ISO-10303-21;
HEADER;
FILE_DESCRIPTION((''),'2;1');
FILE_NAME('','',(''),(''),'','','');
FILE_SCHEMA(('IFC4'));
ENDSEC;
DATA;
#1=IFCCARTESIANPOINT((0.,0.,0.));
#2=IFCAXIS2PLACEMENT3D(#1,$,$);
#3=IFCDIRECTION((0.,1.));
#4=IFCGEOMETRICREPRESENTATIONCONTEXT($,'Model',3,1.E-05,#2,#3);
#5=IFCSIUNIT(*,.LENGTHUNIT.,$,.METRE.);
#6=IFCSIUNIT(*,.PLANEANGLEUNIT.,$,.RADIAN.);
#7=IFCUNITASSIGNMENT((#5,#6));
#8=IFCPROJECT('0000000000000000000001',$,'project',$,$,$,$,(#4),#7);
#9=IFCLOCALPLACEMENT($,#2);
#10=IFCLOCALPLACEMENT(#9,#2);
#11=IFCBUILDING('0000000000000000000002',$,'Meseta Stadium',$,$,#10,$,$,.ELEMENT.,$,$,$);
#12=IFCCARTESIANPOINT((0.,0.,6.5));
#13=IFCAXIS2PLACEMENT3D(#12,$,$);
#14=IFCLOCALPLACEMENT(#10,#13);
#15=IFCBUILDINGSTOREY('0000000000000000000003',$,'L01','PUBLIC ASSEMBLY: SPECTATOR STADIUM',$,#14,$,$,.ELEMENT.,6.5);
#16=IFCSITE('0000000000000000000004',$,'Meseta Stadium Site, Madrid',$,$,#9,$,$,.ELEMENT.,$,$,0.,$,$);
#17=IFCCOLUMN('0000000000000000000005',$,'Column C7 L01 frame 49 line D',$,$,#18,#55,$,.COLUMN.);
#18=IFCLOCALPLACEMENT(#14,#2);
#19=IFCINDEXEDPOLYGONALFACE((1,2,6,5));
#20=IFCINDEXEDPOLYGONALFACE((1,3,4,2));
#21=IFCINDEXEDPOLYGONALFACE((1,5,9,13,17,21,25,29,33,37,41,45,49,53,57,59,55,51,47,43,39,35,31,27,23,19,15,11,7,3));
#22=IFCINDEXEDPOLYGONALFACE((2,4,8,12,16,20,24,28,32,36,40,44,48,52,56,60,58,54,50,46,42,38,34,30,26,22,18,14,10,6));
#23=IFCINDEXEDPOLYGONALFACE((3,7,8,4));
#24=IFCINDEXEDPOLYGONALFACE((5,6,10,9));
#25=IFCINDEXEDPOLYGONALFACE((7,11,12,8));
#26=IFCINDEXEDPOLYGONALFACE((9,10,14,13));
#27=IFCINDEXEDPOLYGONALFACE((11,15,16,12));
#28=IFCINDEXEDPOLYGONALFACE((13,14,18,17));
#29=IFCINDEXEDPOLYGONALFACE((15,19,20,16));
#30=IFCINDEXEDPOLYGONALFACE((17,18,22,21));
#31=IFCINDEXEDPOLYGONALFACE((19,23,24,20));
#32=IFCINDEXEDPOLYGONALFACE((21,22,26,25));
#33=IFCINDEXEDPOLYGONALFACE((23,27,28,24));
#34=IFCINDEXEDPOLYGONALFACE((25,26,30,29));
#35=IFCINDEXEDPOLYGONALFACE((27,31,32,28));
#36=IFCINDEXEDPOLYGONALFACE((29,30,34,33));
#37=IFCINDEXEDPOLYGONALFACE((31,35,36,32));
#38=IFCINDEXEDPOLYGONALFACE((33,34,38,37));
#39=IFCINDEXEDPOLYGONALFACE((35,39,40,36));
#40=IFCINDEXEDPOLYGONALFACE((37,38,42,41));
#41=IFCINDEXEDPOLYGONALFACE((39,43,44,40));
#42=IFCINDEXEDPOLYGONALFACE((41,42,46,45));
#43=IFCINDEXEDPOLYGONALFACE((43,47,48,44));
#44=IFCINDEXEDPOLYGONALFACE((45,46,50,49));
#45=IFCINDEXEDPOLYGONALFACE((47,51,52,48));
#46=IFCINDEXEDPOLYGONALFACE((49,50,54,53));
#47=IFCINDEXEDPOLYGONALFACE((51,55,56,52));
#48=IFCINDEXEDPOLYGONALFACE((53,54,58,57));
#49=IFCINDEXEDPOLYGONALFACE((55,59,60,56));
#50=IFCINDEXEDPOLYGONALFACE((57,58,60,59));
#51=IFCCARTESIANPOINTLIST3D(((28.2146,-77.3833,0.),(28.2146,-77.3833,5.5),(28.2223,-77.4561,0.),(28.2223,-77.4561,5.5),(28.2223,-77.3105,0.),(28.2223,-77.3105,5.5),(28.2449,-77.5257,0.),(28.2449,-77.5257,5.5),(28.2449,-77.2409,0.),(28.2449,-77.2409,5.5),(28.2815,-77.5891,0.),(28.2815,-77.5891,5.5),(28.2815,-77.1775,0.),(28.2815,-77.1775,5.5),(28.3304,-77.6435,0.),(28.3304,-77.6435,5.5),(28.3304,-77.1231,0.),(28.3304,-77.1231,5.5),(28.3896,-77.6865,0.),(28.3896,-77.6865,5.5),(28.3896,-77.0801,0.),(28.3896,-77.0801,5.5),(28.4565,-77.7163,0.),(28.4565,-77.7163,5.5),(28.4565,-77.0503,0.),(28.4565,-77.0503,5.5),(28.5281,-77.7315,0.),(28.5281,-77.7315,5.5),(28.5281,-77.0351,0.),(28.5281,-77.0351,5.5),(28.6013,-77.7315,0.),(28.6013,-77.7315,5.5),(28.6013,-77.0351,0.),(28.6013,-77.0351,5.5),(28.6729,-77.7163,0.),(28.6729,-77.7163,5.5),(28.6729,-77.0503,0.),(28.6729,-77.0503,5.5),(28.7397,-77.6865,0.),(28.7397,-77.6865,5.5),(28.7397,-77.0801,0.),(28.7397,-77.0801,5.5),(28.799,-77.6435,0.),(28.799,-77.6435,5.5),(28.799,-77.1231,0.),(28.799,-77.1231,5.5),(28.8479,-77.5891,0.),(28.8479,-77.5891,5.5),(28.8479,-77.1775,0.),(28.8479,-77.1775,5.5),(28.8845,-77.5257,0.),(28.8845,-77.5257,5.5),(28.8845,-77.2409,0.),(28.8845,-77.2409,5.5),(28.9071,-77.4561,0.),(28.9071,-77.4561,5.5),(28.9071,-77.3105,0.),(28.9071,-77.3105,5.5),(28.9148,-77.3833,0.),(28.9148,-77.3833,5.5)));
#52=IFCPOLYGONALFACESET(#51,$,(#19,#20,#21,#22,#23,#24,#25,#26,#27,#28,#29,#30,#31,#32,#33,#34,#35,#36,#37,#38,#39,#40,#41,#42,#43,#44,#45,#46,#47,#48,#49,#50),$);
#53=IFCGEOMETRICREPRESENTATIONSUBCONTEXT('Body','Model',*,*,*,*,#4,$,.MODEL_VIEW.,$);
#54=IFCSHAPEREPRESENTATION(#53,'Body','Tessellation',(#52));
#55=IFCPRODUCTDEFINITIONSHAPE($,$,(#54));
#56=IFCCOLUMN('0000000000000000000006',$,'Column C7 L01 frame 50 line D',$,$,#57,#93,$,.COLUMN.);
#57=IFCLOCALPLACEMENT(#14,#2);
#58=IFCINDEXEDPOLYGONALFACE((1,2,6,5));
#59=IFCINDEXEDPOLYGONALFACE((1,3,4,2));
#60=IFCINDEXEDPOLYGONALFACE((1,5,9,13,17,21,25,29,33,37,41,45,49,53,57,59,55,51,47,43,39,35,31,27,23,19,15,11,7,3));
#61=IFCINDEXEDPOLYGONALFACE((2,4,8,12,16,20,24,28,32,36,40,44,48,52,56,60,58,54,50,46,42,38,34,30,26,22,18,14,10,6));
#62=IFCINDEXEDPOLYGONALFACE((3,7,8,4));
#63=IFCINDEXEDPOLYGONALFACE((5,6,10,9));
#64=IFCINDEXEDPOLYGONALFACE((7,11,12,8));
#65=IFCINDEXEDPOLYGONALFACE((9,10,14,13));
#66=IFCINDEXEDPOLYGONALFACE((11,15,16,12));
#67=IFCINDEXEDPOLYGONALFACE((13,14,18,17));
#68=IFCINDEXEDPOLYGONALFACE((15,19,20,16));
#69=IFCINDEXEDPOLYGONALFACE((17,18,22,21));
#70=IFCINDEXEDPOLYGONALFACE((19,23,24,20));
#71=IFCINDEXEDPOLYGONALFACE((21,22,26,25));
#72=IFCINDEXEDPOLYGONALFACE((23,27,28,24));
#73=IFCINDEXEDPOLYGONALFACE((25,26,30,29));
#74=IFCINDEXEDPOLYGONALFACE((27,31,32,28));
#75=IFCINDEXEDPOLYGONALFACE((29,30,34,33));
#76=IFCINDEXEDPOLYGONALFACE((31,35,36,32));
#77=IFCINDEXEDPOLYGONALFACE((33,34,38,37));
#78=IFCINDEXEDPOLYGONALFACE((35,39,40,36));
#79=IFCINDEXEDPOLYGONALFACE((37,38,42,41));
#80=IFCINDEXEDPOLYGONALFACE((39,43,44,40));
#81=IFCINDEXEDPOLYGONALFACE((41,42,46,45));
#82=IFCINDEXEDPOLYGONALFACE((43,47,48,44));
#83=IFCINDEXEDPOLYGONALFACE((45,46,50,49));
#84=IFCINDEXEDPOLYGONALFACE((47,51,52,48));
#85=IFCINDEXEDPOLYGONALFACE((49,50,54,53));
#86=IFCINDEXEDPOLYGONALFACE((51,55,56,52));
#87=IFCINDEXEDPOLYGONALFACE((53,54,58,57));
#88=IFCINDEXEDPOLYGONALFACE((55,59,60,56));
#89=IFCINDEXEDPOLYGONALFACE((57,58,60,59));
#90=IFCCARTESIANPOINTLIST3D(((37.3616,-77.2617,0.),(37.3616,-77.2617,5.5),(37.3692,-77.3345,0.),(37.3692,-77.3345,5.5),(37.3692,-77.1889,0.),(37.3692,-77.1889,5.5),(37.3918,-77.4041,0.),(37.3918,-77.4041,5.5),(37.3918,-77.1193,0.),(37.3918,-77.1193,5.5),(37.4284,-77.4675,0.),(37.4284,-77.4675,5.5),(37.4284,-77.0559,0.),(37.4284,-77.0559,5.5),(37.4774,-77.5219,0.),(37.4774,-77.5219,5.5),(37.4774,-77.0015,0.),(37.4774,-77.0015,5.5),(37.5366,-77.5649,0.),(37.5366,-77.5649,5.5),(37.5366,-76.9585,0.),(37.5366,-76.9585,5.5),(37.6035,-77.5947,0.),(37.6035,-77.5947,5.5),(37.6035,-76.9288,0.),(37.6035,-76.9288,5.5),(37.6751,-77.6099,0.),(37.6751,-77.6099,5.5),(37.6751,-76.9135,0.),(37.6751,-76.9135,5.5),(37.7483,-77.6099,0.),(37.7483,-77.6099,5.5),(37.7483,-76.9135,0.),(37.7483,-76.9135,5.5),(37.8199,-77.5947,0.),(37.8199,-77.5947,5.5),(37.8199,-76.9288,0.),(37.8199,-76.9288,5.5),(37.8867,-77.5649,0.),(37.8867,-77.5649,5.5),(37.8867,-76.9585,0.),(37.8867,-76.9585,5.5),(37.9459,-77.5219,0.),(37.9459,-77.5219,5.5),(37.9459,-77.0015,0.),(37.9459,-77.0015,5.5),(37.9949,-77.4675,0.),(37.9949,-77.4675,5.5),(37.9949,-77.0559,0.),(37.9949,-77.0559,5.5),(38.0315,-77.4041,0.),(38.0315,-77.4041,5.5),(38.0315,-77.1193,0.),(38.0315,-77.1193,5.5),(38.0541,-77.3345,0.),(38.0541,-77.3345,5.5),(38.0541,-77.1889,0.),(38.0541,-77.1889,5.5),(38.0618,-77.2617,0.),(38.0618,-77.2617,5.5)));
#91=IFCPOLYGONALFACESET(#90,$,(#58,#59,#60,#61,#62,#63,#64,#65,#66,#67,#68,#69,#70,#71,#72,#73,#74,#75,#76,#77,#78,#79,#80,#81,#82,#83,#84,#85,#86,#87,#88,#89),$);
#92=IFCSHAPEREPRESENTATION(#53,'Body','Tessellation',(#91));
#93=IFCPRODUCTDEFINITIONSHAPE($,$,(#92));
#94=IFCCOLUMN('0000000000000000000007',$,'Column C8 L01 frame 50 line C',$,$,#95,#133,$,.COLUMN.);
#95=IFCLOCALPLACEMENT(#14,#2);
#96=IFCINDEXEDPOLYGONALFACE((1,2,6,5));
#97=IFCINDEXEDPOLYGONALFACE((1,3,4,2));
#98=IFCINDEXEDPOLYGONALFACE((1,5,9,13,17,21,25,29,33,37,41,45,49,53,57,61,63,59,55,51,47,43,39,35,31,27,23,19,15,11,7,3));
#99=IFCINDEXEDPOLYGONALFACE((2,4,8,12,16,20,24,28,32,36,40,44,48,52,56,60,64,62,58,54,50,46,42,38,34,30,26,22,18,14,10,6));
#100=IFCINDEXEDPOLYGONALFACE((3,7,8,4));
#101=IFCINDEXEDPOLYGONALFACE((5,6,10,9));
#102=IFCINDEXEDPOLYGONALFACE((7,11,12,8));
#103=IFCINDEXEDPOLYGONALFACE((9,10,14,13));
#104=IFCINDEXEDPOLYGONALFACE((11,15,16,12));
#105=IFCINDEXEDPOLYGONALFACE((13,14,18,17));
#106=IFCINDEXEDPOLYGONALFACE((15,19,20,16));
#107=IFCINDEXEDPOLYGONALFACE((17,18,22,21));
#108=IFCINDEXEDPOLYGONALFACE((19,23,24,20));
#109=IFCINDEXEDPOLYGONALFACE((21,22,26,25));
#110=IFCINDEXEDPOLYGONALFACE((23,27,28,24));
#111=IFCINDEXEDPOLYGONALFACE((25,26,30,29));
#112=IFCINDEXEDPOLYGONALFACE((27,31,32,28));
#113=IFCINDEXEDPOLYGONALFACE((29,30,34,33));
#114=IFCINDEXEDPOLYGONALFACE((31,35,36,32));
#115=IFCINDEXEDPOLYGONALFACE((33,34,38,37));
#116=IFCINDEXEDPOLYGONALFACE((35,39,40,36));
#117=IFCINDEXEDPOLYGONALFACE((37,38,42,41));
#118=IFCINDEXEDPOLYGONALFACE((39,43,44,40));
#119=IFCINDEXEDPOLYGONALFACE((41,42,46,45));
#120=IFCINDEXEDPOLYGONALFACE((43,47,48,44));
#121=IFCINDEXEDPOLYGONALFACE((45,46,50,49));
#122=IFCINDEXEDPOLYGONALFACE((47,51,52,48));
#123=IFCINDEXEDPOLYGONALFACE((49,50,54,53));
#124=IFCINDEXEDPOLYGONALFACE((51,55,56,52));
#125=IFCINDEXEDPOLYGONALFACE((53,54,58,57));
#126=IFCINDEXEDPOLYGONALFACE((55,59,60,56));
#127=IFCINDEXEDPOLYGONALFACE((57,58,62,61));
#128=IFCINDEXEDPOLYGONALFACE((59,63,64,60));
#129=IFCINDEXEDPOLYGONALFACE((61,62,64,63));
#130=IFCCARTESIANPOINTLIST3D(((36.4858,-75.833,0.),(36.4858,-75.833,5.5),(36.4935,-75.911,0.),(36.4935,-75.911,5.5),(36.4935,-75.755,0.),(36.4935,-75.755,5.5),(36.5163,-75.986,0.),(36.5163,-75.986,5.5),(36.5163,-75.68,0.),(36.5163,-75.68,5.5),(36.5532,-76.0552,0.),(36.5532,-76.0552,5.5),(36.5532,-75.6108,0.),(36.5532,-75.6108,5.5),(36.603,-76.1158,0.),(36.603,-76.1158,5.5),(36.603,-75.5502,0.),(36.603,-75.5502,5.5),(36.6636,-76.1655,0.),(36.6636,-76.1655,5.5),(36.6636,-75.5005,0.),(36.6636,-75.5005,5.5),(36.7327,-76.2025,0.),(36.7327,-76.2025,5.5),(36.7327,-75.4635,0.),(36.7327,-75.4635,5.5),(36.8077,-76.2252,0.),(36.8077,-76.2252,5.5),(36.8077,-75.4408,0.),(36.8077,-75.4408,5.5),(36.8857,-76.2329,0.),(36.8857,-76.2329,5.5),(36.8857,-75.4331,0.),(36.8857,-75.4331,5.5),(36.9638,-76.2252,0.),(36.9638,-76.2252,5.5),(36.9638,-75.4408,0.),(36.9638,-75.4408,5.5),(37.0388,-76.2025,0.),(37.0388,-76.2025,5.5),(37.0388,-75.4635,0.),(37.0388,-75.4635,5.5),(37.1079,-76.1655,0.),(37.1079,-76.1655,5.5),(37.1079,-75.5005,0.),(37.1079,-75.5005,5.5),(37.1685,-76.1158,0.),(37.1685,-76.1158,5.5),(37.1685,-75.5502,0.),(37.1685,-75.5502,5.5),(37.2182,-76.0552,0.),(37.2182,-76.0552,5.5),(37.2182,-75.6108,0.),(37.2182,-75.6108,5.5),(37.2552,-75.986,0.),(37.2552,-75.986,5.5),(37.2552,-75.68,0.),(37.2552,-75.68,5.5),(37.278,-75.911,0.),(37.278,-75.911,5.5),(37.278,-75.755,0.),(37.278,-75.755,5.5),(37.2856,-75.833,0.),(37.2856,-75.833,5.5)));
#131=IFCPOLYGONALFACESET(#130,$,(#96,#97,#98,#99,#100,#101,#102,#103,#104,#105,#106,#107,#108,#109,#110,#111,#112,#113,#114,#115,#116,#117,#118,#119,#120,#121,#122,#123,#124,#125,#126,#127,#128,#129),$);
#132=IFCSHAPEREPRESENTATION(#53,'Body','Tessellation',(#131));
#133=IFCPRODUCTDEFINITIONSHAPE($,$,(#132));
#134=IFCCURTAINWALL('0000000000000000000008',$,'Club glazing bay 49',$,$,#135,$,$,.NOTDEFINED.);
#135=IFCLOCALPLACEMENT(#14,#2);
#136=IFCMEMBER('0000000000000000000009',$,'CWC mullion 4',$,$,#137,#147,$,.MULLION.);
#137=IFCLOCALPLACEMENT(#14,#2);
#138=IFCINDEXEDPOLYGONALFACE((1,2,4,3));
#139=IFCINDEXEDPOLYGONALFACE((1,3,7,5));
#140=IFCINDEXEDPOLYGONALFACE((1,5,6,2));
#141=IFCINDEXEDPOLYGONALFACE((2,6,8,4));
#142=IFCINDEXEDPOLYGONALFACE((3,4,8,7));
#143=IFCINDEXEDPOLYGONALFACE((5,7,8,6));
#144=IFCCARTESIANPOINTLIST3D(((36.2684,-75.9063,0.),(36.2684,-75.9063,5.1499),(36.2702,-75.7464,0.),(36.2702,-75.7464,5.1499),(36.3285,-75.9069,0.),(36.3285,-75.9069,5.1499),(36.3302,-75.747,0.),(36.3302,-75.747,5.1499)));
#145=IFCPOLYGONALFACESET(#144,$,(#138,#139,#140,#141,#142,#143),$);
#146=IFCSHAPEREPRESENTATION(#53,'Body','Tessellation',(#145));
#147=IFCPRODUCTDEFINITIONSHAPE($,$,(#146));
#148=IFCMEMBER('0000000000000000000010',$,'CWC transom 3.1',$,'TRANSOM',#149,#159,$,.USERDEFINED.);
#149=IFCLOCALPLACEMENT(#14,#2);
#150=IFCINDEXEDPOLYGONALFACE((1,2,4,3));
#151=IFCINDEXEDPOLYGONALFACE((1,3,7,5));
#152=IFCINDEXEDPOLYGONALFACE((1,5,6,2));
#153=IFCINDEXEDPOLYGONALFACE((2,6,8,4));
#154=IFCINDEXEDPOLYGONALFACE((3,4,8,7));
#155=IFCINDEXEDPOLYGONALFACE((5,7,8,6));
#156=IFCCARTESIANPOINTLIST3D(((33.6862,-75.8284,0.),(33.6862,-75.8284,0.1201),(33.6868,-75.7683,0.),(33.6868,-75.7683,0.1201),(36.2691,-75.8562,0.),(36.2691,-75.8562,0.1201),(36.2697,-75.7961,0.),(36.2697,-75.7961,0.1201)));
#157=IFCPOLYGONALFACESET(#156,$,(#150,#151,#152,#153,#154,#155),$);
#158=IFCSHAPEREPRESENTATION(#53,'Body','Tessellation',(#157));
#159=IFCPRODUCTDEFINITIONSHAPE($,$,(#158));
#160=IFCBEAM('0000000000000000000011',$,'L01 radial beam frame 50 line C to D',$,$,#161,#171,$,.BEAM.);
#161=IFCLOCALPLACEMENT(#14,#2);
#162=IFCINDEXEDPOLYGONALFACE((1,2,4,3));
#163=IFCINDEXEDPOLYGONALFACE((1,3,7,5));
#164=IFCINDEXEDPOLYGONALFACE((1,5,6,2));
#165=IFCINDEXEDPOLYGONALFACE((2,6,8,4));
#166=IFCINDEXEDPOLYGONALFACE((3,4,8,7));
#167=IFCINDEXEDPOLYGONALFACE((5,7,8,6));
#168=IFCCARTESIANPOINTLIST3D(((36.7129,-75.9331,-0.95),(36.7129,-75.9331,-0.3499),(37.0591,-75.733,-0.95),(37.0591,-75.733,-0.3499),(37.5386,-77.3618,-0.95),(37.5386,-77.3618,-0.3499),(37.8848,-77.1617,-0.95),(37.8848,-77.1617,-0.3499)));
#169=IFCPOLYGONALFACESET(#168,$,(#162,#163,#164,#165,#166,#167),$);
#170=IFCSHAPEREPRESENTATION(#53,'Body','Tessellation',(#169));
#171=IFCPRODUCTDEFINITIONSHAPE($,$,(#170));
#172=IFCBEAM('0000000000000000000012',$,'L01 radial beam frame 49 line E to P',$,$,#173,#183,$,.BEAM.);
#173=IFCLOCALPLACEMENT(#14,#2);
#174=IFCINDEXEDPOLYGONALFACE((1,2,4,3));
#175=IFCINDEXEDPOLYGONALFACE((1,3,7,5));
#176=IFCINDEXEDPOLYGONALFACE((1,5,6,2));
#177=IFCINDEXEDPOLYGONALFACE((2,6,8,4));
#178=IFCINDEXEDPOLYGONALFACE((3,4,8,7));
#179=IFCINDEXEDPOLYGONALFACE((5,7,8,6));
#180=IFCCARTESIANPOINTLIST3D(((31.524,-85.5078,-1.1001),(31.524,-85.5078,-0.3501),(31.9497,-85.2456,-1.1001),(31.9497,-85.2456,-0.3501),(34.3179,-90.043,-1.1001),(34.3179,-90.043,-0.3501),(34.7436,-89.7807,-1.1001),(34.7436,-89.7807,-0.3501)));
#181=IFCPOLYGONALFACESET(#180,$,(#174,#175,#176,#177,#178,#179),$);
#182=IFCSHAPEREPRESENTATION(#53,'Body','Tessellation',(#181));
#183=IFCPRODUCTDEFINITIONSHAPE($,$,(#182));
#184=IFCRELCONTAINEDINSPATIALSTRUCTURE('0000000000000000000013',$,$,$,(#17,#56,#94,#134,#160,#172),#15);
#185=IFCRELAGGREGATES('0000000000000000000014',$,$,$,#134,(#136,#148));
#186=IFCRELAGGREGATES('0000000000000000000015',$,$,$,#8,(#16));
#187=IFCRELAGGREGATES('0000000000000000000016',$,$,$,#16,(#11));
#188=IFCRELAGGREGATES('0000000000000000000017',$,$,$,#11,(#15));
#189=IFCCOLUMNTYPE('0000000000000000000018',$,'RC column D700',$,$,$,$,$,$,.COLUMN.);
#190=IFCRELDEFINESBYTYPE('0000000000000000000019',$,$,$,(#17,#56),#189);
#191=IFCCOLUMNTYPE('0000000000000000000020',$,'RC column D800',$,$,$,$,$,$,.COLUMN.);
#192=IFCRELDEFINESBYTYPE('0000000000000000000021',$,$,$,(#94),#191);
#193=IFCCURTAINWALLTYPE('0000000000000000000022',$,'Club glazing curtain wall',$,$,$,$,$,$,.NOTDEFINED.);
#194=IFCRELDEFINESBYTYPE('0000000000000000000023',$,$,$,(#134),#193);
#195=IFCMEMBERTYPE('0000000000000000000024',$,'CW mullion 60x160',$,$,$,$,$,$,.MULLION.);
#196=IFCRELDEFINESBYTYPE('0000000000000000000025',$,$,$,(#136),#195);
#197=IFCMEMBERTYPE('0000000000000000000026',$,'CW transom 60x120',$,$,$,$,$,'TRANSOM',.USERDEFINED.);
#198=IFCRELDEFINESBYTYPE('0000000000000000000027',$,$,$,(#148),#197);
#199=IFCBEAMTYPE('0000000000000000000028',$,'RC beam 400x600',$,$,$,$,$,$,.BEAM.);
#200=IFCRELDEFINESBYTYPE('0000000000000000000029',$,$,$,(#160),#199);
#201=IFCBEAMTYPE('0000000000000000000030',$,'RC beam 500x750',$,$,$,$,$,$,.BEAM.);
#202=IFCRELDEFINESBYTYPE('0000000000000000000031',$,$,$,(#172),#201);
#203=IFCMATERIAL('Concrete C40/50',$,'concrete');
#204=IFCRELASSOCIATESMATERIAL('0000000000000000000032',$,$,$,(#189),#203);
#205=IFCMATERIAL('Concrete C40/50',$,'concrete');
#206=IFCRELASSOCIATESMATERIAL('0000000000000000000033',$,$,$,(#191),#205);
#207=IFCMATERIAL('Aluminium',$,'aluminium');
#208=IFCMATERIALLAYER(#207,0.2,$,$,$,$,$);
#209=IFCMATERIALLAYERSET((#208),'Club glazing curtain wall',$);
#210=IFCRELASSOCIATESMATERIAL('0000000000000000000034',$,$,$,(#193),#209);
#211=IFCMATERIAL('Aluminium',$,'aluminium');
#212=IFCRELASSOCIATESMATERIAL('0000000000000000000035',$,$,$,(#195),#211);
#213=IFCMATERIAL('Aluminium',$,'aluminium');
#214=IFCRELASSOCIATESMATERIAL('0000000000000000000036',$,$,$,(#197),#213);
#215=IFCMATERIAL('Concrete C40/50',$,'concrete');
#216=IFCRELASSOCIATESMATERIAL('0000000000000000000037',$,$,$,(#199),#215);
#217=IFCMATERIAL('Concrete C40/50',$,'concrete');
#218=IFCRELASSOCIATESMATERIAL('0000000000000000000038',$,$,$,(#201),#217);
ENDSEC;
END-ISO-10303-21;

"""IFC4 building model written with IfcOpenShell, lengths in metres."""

from ifc_helpers import new_model, si_unit, direction, frame, origin, origin_2d, place, context, subcontext, project, spatial, rectangle, circle, extrude, material, layer, layer_set, material_profile, profile_set, type_object, element, aggregate, save


model = new_model("IFC4")

# Units and contexts
model_context = context("Model", 3, precision=1e-05, world=origin(), true_north=direction((0.0, 1.0)))
body_context = subcontext(model_context, "Body", "Model", "MODEL_VIEW")
ifc_project = project(units=[si_unit("LENGTHUNIT", "METRE"), si_unit("PLANEANGLEUNIT", "RADIAN")], contexts=[model_context])

# Site, building, storey
site_placement = place(None, origin())
site = spatial("IfcSite", under=ifc_project, at=site_placement, Name="Meseta Stadium Site, Madrid", CompositionType="ELEMENT", RefElevation=0.0)
building_placement = place(site_placement, origin())
building = spatial("IfcBuilding", under=site, at=building_placement, Name="Meseta Stadium", CompositionType="ELEMENT")
storey_placement = place(building_placement, frame((0.0, 0.0, 6.5)))
storey = spatial("IfcBuildingStorey", under=building, at=storey_placement, Name="L01", Description="PUBLIC ASSEMBLY: SPECTATOR STADIUM", CompositionType="ELEMENT", Elevation=6.5)

# Columns
ifc_material_1 = material(Name="Concrete C40/50", Category="concrete")
ifc_material_profile_1 = material_profile(ifc_material_1, circle(Radius=0.3501, at=origin_2d()), Name="RC D700")
ifc_profile_set_1 = profile_set([ifc_material_profile_1], Name="Concrete C40/50")
column_type_1 = type_object("IfcColumnType", Name="RC column D700", PredefinedType="COLUMN", material=ifc_profile_set_1)
for number, where, z_axis, x_axis, name in (
    (1, (28.5647, -77.3833, 0.0), (0.0, 0.0, 1.0), (1.0, 0.0, 0.0), "Column C7 L01 frame 49 line D"),
    (2, (37.7117, -77.2617, 0.0), (0.0, 0.0, 1.0), (1.0, 0.0, 0.0), "Column C7 L01 frame 50 line D"),
):
    element("IfcColumn", number, at=place(storey_placement, frame(where, z_axis=z_axis, x_axis=x_axis)), inside=storey, type_object=column_type_1, Name=name, PredefinedType="COLUMN", context=body_context, shape_type="SweptSolid", body=[
        extrude(circle(Radius=0.3501, at=origin_2d()), origin(), (0.0, 0.0, 1.0), 5.5),
    ])
ifc_material_2 = material(Name="Concrete C40/50", Category="concrete")
ifc_material_profile_2 = material_profile(ifc_material_2, circle(Radius=0.3999, at=origin_2d()), Name="RC D800")
ifc_profile_set_2 = profile_set([ifc_material_profile_2], Name="Concrete C40/50")
column_type_2 = type_object("IfcColumnType", Name="RC column D800", PredefinedType="COLUMN", material=ifc_profile_set_2)
column_placement = place(storey_placement, frame((36.8857, -75.833, 0.0), z_axis=(0.0, 0.0, 1.0), x_axis=(1.0, 0.0, 0.0)))
element("IfcColumn", 3, at=column_placement, inside=storey, type_object=column_type_2, Name="Column C8 L01 frame 50 line C", PredefinedType="COLUMN", context=body_context, shape_type="SweptSolid", body=[
    extrude(circle(Radius=0.3999, at=origin_2d()), origin(), (0.0, 0.0, 1.0), 5.5),
])

# Curtain wall, members
ifc_material_3 = material(Name="Aluminium", Category="aluminium")
ifc_layer_1 = layer(ifc_material_3, 0.2)
ifc_layer_set_1 = layer_set([ifc_layer_1], Name="Club glazing curtain wall")
curtain_wall_type = type_object("IfcCurtainWallType", Name="Club glazing curtain wall", PredefinedType="NOTDEFINED", material=ifc_layer_set_1)
curtain_wall_placement = place(storey_placement, origin())
curtain_wall = element("IfcCurtainWall", 4, at=curtain_wall_placement, inside=storey, type_object=curtain_wall_type, Name="Club glazing bay 49", PredefinedType="NOTDEFINED")
ifc_material_4 = material(Name="Aluminium", Category="aluminium")
ifc_material_profile_3 = material_profile(ifc_material_4, rectangle(XDim=0.1599, YDim=0.0601, at=origin_2d()), Name="CW 160x60")
ifc_profile_set_3 = profile_set([ifc_material_profile_3], Name="Aluminium")
member_type_1 = type_object("IfcMemberType", Name="CW mullion 60x160", PredefinedType="MULLION", material=ifc_profile_set_3)
member_1_placement = place(storey_placement, frame((36.2993, -75.8267, 0.0), z_axis=(0.0, 0.0, 1.0), x_axis=(0.010843, 0.999941, 0.0)))
member_1 = element("IfcMember", 5, at=member_1_placement, type_object=member_type_1, Name="CWC mullion 4", PredefinedType="MULLION", context=body_context, shape_type="SweptSolid", body=[
    extrude(rectangle(XDim=0.1599, YDim=0.0601, at=origin_2d()), origin(), (0.0, 0.0, 1.0), 5.1499),
])
ifc_material_5 = material(Name="Aluminium", Category="aluminium")
ifc_material_profile_4 = material_profile(ifc_material_5, rectangle(XDim=0.0601, YDim=0.1201, at=origin_2d()), Name="CW 60x120")
ifc_profile_set_4 = profile_set([ifc_material_profile_4], Name="Aluminium")
member_type_2 = type_object("IfcMemberType", Name="CW transom 60x120", ElementType="TRANSOM", PredefinedType="USERDEFINED", material=ifc_profile_set_4)
member_2_placement = place(storey_placement, frame((33.6865, -75.7983, 0.0601), z_axis=(0.999942, -0.010775, 0.0), x_axis=(0.010775, 0.999942, 0.0)))
member_2 = element("IfcMember", 6, at=member_2_placement, type_object=member_type_2, Name="CWC transom 3.1", ObjectType="TRANSOM", PredefinedType="USERDEFINED", context=body_context, shape_type="SweptSolid", body=[
    extrude(rectangle(XDim=0.0601, YDim=0.1201, at=origin_2d()), origin(), (0.0, 0.0, 1.0), 2.583),
])

# Beams
ifc_material_6 = material(Name="Concrete C40/50", Category="concrete")
ifc_material_profile_5 = material_profile(ifc_material_6, rectangle(XDim=0.3999, YDim=0.6001, at=origin_2d()), Name="RC 400x600")
ifc_profile_set_5 = profile_set([ifc_material_profile_5], Name="Concrete C40/50")
beam_type_1 = type_object("IfcBeamType", Name="RC beam 400x600", PredefinedType="BEAM", material=ifc_profile_set_5)
beam_1_placement = place(storey_placement, frame((36.886, -75.833, -0.6499), z_axis=(0.500371, -0.865811, 0.0), x_axis=(0.865811, 0.500371, 0.0)))
element("IfcBeam", 7, at=beam_1_placement, inside=storey, type_object=beam_type_1, Name="L01 radial beam frame 50 line C to D", PredefinedType="BEAM", context=body_context, shape_type="SweptSolid", body=[
    extrude(rectangle(XDim=0.3999, YDim=0.6001, at=origin_2d()), origin(), (0.0, 0.0, 1.0), 1.6501),
])
ifc_material_7 = material(Name="Concrete C40/50", Category="concrete")
ifc_material_profile_6 = material_profile(ifc_material_7, rectangle(XDim=0.5, YDim=0.75, at=origin_2d()), Name="RC 500x750")
ifc_profile_set_6 = profile_set([ifc_material_profile_6], Name="Concrete C40/50")
beam_type_2 = type_object("IfcBeamType", Name="RC beam 500x750", PredefinedType="BEAM", material=ifc_profile_set_6)
beam_2_placement = place(storey_placement, frame((31.7368, -85.3767, -0.7251), z_axis=(0.524517, -0.8514, 0.0), x_axis=(0.8514, 0.524517, 0.0)))
element("IfcBeam", 8, at=beam_2_placement, inside=storey, type_object=beam_type_2, Name="L01 radial beam frame 49 line E to P", PredefinedType="BEAM", context=body_context, shape_type="SweptSolid", body=[
    extrude(rectangle(XDim=0.5, YDim=0.75, at=origin_2d()), origin(), (0.0, 0.0, 1.0), 5.3267),
])

aggregate(curtain_wall, [member_1, member_2])

save(model, "model.ifc")
